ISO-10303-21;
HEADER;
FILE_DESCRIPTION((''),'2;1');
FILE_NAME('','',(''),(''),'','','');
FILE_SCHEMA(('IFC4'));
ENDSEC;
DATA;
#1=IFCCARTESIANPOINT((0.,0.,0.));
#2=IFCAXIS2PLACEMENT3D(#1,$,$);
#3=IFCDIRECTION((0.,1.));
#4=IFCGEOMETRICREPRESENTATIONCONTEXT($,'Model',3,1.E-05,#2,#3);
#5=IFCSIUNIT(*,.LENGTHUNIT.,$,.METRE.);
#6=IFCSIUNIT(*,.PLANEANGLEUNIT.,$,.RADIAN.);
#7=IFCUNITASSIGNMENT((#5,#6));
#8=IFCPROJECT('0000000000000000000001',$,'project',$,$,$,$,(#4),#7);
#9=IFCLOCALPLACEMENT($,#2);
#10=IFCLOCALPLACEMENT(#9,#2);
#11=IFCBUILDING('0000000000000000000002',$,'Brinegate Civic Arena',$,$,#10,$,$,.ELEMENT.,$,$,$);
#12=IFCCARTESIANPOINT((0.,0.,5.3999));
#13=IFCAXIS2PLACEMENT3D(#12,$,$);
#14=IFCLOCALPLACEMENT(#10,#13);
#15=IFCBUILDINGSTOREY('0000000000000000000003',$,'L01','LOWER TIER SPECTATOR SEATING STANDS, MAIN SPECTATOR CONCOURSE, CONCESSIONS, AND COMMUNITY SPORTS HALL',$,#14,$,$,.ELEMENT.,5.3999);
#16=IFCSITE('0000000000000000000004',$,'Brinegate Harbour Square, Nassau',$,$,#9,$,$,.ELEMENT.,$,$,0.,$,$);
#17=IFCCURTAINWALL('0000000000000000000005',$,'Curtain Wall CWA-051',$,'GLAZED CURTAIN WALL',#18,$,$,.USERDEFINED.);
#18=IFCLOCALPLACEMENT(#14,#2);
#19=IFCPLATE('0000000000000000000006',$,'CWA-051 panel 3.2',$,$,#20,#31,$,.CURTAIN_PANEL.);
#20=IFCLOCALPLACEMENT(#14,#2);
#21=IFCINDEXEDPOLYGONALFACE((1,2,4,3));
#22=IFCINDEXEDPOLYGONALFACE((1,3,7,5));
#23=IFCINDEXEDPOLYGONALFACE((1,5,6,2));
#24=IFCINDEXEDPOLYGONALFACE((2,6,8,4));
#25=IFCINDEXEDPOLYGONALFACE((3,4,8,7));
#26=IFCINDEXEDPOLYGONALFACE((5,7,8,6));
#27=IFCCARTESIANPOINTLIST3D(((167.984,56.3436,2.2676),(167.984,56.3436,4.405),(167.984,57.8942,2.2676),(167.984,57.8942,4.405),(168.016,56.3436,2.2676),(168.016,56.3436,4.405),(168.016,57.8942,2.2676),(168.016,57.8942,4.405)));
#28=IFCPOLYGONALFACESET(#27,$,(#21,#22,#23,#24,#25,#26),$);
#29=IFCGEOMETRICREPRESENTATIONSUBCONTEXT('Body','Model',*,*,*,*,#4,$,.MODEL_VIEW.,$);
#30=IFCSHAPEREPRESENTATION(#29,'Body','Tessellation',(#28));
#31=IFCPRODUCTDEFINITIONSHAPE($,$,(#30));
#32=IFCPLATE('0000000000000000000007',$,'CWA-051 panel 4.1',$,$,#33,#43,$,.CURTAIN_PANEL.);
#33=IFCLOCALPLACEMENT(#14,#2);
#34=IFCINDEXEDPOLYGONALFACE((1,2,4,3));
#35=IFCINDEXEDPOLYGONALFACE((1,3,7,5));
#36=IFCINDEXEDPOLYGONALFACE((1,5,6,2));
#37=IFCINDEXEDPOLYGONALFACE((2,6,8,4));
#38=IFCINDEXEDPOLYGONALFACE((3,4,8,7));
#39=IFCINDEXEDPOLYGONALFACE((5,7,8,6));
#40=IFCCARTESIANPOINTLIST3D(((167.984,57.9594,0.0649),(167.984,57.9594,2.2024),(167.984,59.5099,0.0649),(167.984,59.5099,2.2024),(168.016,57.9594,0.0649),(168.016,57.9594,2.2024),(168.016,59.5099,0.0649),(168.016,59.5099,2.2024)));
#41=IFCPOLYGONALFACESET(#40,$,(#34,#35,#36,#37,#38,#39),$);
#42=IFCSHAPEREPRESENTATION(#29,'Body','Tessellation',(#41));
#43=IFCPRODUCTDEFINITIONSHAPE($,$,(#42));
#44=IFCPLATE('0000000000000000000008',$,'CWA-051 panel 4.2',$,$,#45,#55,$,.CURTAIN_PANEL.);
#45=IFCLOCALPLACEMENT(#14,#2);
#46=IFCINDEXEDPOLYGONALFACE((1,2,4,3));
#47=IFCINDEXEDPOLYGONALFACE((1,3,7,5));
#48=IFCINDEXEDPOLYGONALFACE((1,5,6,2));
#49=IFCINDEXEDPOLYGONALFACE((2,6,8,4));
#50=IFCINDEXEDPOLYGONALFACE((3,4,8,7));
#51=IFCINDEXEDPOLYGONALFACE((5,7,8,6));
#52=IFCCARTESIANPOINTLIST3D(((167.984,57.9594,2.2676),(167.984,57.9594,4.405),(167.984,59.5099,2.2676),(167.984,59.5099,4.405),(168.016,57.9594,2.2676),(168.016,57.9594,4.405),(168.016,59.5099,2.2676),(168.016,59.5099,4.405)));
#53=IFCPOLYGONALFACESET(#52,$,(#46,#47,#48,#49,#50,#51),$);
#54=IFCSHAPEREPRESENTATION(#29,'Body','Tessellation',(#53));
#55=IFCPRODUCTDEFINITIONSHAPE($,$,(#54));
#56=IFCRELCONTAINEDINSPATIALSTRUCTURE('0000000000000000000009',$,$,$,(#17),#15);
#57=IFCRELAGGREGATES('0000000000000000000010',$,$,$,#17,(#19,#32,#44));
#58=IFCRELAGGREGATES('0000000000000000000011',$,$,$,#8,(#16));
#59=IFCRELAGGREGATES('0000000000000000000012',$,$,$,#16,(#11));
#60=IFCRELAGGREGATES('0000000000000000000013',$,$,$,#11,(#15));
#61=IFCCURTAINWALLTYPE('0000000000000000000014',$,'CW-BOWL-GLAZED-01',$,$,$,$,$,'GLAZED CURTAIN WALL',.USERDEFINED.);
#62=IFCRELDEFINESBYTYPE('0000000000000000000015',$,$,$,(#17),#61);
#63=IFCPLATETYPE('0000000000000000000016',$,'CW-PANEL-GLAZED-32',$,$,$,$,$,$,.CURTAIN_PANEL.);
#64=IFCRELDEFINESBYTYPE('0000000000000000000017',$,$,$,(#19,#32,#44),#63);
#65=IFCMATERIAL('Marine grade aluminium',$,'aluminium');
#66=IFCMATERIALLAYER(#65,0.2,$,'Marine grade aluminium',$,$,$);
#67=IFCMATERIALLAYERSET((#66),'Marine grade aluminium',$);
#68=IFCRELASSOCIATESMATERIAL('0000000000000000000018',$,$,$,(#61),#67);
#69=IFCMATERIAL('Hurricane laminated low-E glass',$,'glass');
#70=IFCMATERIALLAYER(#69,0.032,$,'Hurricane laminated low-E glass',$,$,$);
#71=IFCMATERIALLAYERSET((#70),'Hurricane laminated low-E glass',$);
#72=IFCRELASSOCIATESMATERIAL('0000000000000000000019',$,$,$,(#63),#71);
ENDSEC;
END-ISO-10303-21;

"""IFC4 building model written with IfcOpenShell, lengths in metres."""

from ifc_helpers import new_model, si_unit, direction, frame, origin, origin_2d, place, context, subcontext, project, spatial, rectangle, extrude, material, layer, layer_set, type_object, element, aggregate, save


model = new_model("IFC4")

# Units and contexts
model_context = context("Model", 3, precision=1e-05, world=origin(), true_north=direction((0.0, 1.0)))
body_context = subcontext(model_context, "Body", "Model", "MODEL_VIEW")
ifc_project = project(units=[si_unit("LENGTHUNIT", "METRE"), si_unit("PLANEANGLEUNIT", "RADIAN")], contexts=[model_context])

# Site, building, storey
site_placement = place(None, origin())
site = spatial("IfcSite", under=ifc_project, at=site_placement, Name="Brinegate Harbour Square, Nassau", CompositionType="ELEMENT", RefElevation=0.0)
building_placement = place(site_placement, origin())
building = spatial("IfcBuilding", under=site, at=building_placement, Name="Brinegate Civic Arena", CompositionType="ELEMENT")
storey_placement = place(building_placement, frame((0.0, 0.0, 5.3999)))
storey = spatial("IfcBuildingStorey", under=building, at=storey_placement, Name="L01", Description="LOWER TIER SPECTATOR SEATING STANDS, MAIN SPECTATOR CONCOURSE, CONCESSIONS, AND COMMUNITY SPORTS HALL", CompositionType="ELEMENT", Elevation=5.3999)

# Curtain wall
ifc_material_1 = material(Name="Marine grade aluminium", Category="aluminium")
ifc_layer_1 = layer(ifc_material_1, 0.2, Name="Marine grade aluminium")
ifc_layer_set_1 = layer_set([ifc_layer_1], Name="Marine grade aluminium")
curtain_wall_type = type_object("IfcCurtainWallType", Name="CW-BOWL-GLAZED-01", ElementType="GLAZED CURTAIN WALL", PredefinedType="USERDEFINED", material=ifc_layer_set_1)
curtain_wall_placement = place(storey_placement, origin())
curtain_wall = element("IfcCurtainWall", 1, at=curtain_wall_placement, inside=storey, type_object=curtain_wall_type, Name="Curtain Wall CWA-051", ObjectType="GLAZED CURTAIN WALL", PredefinedType="USERDEFINED")

# Plates
ifc_material_2 = material(Name="Hurricane laminated low-E glass", Category="glass")
ifc_layer_2 = layer(ifc_material_2, 0.032, Name="Hurricane laminated low-E glass")
ifc_layer_set_2 = layer_set([ifc_layer_2], Name="Hurricane laminated low-E glass")
plate_type = type_object("IfcPlateType", Name="CW-PANEL-GLAZED-32", PredefinedType="CURTAIN_PANEL", material=ifc_layer_set_2)
plate_1_placement = place(storey_placement, frame((168.0, 57.1189, 2.2676), z_axis=(0.0, 0.0, 1.0), x_axis=(0.0, 1.0, 0.0)))
plate_1 = element("IfcPlate", 2, at=plate_1_placement, type_object=plate_type, Name="CWA-051 panel 3.2", PredefinedType="CURTAIN_PANEL", context=body_context, shape_type="SweptSolid", body=[
    extrude(rectangle(XDim=1.5505, YDim=0.032, at=origin_2d()), origin(), (0.0, 0.0, 1.0), 2.1375),
])
plate_2_placement = place(storey_placement, frame((168.0, 58.7346, 0.0649), z_axis=(0.0, 0.0, 1.0), x_axis=(0.0, 1.0, 0.0)))
plate_2 = element("IfcPlate", 3, at=plate_2_placement, type_object=plate_type, Name="CWA-051 panel 4.1", PredefinedType="CURTAIN_PANEL", context=body_context, shape_type="SweptSolid", body=[
    extrude(rectangle(XDim=1.5505, YDim=0.032, at=origin_2d()), origin(), (0.0, 0.0, 1.0), 2.1375),
])
plate_3_placement = place(storey_placement, frame((168.0, 58.7346, 2.2676), z_axis=(0.0, 0.0, 1.0), x_axis=(0.0, 1.0, 0.0)))
plate_3 = element("IfcPlate", 4, at=plate_3_placement, type_object=plate_type, Name="CWA-051 panel 4.2", PredefinedType="CURTAIN_PANEL", context=body_context, shape_type="SweptSolid", body=[
    extrude(rectangle(XDim=1.5505, YDim=0.032, at=origin_2d()), origin(), (0.0, 0.0, 1.0), 2.1375),
])
aggregate(curtain_wall, [plate_1, plate_2, plate_3])

save(model, "model.ifc")
